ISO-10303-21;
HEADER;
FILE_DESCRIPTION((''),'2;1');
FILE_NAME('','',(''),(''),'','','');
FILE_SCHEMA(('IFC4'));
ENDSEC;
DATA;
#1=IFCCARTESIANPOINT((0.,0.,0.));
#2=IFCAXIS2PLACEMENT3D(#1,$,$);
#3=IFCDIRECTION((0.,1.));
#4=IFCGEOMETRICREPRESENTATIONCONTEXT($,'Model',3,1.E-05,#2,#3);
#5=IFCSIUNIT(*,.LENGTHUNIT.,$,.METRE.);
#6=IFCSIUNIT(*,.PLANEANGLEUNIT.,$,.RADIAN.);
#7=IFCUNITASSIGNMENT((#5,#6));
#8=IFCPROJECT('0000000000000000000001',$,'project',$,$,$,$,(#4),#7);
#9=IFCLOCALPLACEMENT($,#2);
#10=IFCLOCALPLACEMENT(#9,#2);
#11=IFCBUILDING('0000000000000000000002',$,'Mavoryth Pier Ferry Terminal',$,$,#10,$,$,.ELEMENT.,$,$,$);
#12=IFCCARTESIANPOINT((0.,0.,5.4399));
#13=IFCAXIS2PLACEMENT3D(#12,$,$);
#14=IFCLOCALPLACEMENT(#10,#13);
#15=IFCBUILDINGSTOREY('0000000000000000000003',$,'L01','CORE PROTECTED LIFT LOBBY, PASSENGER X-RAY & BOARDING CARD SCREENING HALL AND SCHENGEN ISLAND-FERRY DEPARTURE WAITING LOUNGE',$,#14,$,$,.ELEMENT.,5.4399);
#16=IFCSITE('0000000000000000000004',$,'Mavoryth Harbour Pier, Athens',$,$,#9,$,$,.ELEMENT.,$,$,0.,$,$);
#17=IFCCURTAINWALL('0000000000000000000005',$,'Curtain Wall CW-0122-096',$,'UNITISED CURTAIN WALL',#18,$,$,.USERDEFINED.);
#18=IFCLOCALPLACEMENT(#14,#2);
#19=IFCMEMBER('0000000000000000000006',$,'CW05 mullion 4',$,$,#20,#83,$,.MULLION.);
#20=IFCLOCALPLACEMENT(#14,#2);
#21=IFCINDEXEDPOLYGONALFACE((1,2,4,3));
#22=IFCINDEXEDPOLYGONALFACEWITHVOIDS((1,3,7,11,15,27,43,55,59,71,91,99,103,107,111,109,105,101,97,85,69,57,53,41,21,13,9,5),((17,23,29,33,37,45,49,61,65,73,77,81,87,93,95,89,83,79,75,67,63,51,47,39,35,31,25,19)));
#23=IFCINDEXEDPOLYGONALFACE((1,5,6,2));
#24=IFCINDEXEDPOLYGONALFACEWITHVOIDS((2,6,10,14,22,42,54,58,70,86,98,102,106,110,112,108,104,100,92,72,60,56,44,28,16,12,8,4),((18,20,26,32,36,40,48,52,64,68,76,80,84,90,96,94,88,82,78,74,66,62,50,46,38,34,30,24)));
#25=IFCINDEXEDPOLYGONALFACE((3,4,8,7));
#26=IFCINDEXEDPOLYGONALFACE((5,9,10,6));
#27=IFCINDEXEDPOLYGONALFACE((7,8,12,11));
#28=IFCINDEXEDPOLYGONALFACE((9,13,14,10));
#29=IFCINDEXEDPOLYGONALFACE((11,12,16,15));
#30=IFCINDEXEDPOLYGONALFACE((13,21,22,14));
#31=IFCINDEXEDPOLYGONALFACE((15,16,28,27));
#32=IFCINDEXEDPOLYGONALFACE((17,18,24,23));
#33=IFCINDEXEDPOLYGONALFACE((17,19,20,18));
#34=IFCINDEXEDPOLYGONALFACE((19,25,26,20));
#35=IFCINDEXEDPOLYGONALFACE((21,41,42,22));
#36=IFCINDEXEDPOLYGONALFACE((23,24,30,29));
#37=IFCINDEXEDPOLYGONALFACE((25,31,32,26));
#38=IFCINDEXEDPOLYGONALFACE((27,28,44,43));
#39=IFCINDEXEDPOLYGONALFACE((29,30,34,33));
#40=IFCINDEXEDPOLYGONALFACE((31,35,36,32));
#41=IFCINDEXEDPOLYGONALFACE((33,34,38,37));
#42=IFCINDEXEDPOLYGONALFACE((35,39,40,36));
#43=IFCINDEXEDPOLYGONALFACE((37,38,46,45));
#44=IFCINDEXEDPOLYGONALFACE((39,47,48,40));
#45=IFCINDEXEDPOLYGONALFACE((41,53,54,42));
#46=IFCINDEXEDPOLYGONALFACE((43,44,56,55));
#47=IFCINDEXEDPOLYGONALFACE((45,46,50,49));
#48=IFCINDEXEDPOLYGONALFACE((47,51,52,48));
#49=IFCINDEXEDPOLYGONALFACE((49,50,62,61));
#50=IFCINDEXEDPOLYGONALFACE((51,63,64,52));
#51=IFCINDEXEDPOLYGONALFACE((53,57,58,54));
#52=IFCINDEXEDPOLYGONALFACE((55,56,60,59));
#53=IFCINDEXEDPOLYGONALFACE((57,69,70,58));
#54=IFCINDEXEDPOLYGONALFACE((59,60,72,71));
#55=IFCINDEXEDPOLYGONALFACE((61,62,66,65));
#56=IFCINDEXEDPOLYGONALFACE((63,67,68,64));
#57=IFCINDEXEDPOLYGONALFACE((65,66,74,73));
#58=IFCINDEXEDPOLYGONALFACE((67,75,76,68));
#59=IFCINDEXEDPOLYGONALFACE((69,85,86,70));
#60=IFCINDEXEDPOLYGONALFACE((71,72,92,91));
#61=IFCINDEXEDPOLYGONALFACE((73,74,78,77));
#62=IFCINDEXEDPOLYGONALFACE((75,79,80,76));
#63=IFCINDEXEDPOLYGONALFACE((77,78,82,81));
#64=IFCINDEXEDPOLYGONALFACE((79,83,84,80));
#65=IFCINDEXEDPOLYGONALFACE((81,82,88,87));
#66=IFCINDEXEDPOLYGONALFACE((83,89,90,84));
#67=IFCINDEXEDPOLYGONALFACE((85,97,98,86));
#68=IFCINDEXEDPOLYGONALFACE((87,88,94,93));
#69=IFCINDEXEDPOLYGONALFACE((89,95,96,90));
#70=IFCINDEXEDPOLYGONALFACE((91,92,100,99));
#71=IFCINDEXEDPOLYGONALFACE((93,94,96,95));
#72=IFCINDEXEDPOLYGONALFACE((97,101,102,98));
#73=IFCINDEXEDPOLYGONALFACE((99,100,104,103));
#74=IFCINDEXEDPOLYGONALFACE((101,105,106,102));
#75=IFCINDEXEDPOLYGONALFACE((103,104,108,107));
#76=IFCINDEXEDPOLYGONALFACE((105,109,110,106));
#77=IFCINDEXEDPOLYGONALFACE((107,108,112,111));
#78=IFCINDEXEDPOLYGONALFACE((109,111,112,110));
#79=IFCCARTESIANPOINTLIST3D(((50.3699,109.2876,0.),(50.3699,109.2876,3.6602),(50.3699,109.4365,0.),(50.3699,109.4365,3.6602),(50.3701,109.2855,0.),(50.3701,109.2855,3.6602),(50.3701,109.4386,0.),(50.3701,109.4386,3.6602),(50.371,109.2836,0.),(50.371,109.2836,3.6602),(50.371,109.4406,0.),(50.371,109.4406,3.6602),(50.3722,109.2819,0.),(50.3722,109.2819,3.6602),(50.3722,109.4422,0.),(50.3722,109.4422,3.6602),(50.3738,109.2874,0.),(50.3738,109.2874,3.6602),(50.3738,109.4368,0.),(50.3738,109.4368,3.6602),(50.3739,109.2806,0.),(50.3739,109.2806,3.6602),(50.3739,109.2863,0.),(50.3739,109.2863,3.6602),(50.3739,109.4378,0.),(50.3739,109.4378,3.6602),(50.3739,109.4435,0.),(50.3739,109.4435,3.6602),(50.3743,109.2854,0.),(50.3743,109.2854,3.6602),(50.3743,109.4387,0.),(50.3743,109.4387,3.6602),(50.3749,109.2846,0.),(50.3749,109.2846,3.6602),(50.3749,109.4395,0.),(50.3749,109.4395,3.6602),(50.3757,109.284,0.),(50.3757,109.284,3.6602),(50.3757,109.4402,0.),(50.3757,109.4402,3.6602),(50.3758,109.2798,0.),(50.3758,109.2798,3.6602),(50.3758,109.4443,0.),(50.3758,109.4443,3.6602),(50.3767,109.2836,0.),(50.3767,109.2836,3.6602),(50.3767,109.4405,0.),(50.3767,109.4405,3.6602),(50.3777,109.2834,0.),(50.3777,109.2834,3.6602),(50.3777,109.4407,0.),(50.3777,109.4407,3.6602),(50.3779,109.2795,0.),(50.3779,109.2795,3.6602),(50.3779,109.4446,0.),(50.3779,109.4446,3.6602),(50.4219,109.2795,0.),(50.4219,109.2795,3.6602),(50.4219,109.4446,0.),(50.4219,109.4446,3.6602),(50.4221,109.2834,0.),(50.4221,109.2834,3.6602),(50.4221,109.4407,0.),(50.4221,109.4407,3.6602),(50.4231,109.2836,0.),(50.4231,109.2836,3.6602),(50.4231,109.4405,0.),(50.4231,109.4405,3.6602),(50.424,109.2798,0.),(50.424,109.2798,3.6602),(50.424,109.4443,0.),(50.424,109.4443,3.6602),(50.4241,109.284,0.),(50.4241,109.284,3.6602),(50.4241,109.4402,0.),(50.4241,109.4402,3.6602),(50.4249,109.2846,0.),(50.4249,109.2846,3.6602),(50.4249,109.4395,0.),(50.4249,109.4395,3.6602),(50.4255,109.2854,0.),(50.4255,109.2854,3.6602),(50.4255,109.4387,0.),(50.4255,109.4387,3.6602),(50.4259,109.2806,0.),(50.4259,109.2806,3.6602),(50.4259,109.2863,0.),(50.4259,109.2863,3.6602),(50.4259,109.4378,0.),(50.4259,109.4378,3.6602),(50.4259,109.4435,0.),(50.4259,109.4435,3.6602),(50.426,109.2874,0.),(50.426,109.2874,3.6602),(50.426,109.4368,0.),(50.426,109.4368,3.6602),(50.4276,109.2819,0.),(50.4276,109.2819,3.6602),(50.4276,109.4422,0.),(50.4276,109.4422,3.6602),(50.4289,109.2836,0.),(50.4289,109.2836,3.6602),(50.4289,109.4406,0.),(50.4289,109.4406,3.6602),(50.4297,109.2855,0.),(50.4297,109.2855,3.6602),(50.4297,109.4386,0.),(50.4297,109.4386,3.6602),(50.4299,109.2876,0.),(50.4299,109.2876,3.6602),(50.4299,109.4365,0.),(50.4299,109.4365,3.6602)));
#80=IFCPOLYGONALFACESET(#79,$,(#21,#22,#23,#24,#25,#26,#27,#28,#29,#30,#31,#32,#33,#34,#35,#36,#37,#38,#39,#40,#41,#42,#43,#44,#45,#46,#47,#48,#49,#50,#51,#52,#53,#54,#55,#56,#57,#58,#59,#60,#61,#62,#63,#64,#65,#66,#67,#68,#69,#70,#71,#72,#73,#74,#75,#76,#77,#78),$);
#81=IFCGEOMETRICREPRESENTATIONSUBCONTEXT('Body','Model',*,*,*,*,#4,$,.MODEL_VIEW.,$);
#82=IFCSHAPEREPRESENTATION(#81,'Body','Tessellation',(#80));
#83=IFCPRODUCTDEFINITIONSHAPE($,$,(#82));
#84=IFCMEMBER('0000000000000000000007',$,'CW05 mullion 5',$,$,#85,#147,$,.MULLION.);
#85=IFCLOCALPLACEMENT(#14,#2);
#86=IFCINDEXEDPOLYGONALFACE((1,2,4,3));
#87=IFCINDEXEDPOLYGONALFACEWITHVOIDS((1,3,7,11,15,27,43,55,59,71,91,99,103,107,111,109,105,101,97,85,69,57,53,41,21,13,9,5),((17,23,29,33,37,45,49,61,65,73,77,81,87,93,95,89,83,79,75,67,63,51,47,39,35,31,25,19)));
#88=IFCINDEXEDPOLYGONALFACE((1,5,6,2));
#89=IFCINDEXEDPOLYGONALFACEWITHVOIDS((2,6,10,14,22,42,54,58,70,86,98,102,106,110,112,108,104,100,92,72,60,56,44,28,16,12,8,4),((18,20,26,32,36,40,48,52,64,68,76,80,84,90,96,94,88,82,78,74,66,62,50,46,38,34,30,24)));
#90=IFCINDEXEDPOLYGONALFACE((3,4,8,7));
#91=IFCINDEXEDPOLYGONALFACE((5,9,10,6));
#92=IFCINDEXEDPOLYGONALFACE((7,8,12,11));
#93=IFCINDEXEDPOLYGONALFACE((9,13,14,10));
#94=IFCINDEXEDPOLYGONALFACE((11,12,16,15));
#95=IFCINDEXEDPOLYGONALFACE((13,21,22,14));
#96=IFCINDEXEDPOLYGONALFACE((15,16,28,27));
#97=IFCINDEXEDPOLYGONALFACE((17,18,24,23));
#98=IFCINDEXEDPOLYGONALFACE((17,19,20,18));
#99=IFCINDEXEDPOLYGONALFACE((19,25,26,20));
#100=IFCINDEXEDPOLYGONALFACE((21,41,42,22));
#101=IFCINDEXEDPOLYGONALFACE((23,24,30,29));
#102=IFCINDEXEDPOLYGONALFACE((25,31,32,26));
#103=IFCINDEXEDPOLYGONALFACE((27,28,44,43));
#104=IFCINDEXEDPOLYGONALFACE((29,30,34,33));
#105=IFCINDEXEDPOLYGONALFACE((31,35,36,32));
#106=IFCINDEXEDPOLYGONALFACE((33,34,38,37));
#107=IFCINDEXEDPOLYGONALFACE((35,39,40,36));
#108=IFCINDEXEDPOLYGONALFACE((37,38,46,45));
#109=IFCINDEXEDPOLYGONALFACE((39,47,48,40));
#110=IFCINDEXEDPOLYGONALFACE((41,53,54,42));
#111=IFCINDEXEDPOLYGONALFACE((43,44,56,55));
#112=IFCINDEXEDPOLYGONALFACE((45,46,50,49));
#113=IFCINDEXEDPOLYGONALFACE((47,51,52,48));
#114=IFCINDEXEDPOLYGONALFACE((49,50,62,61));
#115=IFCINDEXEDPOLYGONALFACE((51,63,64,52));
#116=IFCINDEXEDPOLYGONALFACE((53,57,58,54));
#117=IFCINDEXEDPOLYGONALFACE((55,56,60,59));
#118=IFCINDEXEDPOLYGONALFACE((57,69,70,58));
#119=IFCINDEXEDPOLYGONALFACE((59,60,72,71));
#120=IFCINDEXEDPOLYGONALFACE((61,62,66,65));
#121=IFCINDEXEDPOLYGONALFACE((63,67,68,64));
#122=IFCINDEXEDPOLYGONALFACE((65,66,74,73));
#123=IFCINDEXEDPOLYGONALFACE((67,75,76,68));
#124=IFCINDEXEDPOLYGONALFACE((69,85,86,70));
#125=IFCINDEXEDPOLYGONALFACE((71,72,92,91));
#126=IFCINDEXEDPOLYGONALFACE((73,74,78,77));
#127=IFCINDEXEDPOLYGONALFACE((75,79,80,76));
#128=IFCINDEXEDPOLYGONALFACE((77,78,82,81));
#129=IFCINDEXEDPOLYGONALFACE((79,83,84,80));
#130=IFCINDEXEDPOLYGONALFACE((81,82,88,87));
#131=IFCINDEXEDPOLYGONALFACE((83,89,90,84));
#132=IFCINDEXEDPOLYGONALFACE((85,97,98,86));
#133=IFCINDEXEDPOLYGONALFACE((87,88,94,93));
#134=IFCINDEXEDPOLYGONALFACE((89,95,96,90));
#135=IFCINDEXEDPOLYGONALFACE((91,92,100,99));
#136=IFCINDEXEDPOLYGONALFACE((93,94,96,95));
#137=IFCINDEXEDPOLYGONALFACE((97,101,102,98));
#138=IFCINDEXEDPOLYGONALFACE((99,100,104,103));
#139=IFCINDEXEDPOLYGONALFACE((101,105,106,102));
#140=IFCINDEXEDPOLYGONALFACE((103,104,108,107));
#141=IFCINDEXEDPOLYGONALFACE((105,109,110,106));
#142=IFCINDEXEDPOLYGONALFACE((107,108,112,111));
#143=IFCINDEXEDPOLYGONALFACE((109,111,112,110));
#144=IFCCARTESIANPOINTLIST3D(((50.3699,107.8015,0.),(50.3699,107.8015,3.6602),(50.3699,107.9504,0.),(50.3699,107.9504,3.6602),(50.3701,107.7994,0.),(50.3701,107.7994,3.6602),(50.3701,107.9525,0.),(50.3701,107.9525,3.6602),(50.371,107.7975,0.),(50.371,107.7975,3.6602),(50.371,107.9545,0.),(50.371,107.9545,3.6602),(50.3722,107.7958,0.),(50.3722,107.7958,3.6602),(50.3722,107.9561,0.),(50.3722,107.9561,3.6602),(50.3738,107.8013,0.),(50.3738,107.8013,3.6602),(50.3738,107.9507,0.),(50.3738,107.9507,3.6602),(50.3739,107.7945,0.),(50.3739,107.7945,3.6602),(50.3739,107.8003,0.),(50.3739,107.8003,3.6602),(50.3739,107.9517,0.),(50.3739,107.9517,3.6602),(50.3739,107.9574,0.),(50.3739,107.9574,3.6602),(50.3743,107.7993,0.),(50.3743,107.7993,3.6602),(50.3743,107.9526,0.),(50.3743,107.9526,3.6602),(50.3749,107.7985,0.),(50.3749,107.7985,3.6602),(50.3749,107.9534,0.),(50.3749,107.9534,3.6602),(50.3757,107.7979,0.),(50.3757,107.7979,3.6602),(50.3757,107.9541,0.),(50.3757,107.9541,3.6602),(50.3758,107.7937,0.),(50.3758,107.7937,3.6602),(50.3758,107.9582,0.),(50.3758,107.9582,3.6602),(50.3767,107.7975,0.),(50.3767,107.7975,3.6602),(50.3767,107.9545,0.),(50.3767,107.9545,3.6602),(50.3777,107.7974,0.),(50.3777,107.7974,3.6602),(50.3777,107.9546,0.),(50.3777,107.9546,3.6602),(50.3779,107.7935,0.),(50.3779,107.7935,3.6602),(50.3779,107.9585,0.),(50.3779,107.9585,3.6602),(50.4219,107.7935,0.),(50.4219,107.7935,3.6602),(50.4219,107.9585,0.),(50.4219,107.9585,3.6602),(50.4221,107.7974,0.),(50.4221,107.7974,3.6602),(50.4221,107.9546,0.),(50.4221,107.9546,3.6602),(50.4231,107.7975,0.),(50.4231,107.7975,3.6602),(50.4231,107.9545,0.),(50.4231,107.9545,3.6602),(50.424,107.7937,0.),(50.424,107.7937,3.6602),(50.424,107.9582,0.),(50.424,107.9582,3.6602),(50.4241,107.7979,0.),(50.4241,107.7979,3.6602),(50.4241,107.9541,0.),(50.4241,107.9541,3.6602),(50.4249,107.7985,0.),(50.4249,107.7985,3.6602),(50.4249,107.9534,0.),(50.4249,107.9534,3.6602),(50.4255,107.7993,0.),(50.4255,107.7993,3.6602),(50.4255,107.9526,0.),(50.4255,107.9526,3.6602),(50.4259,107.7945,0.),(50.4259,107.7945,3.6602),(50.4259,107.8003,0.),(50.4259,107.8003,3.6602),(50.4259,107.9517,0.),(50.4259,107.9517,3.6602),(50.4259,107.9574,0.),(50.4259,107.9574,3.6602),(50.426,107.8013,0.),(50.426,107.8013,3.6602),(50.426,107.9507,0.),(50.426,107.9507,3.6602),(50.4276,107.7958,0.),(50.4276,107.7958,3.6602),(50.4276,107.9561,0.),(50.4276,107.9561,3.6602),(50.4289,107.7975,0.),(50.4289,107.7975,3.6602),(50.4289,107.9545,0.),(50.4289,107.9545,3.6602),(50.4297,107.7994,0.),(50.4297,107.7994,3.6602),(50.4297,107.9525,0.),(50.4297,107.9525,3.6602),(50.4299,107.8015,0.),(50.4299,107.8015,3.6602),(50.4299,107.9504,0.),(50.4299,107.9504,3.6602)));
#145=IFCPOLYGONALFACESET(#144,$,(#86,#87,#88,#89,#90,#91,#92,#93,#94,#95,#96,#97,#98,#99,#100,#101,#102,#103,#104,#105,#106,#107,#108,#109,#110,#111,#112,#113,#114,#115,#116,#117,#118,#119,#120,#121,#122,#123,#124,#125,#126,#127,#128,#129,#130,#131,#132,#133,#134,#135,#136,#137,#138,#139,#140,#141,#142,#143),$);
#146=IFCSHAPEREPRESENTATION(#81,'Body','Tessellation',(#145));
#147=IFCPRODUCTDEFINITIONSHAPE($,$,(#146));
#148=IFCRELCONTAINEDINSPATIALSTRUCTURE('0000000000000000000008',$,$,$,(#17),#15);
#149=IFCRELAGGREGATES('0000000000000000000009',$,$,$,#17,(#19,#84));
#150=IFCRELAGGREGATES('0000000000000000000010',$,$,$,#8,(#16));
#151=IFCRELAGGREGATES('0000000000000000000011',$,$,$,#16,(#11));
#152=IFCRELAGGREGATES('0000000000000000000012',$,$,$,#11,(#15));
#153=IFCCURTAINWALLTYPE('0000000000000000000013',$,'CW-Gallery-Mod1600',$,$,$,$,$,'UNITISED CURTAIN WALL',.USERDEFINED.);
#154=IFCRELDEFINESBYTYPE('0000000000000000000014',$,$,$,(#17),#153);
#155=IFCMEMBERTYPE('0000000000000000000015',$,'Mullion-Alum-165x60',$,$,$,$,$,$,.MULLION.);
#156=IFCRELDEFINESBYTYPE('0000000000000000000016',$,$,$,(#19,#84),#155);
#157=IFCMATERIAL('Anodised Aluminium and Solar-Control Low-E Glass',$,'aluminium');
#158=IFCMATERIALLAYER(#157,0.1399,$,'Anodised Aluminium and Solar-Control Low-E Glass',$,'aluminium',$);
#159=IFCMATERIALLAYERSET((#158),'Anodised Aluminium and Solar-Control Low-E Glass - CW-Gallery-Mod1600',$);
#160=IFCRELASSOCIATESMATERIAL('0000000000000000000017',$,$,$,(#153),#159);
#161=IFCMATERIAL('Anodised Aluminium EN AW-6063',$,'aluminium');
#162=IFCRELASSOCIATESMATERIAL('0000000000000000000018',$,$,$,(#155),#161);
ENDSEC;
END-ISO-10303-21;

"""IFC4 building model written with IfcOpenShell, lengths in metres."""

from ifc_helpers import new_model, si_unit, direction, frame, origin, origin_2d, place, context, subcontext, project, spatial, hollow_rectangle, extrude, material, layer, layer_set, material_profile, profile_set, type_object, element, aggregate, save


model = new_model("IFC4")

# Units and contexts
model_context = context("Model", 3, precision=1e-05, world=origin(), true_north=direction((0.0, 1.0)))
body_context = subcontext(model_context, "Body", "Model", "MODEL_VIEW")
ifc_project = project(units=[si_unit("LENGTHUNIT", "METRE"), si_unit("PLANEANGLEUNIT", "RADIAN")], contexts=[model_context])

# Site, building, storey
site_placement = place(None, origin())
site = spatial("IfcSite", under=ifc_project, at=site_placement, Name="Mavoryth Harbour Pier, Athens", CompositionType="ELEMENT", RefElevation=0.0)
building_placement = place(site_placement, origin())
building = spatial("IfcBuilding", under=site, at=building_placement, Name="Mavoryth Pier Ferry Terminal", CompositionType="ELEMENT")
storey_placement = place(building_placement, frame((0.0, 0.0, 5.4399)))
storey = spatial("IfcBuildingStorey", under=building, at=storey_placement, Name="L01", Description="CORE PROTECTED LIFT LOBBY, PASSENGER X-RAY & BOARDING CARD SCREENING HALL AND SCHENGEN ISLAND-FERRY DEPARTURE WAITING LOUNGE", CompositionType="ELEMENT", Elevation=5.4399)

# Curtain wall, members
ifc_material_1 = material(Name="Anodised Aluminium and Solar-Control Low-E Glass", Category="aluminium")
ifc_layer_1 = layer(ifc_material_1, 0.1399, Name="Anodised Aluminium and Solar-Control Low-E Glass", Category="aluminium")
ifc_layer_set_1 = layer_set([ifc_layer_1], Name="Anodised Aluminium and Solar-Control Low-E Glass - CW-Gallery-Mod1600")
curtain_wall_type = type_object("IfcCurtainWallType", Name="CW-Gallery-Mod1600", ElementType="UNITISED CURTAIN WALL", PredefinedType="USERDEFINED", material=ifc_layer_set_1)
curtain_wall_placement = place(storey_placement, origin())
curtain_wall = element("IfcCurtainWall", 1, at=curtain_wall_placement, inside=storey, type_object=curtain_wall_type, Name="Curtain Wall CW-0122-096", ObjectType="UNITISED CURTAIN WALL", PredefinedType="USERDEFINED")
ifc_material_2 = material(Name="Anodised Aluminium EN AW-6063", Category="aluminium")
ifc_material_profile_1 = material_profile(ifc_material_2, hollow_rectangle(XDim=0.0601, YDim=0.165, WallThickness=0.0039, InnerFilletRadius=0.0039, OuterFilletRadius=0.0081, at=origin_2d()), Name="AL-MULL 165x60x4", Category="aluminium")
ifc_profile_set_1 = profile_set([ifc_material_profile_1], Name="Anodised Aluminium EN AW-6063 - AL-MULL 165x60x4")
member_type_1 = type_object("IfcMemberType", Name="Mullion-Alum-165x60", PredefinedType="MULLION", material=ifc_profile_set_1)
member_1_placement = place(storey_placement, frame((50.3999, 109.3621, 0.0), z_axis=(0.0, 0.0, 1.0), x_axis=(1.0, 0.0, 0.0)))
member_1 = element("IfcMember", 2, at=member_1_placement, type_object=member_type_1, Name="CW05 mullion 4", PredefinedType="MULLION", context=body_context, shape_type="SweptSolid", body=[
    extrude(hollow_rectangle(XDim=0.0601, YDim=0.165, WallThickness=0.0039, InnerFilletRadius=0.0039, OuterFilletRadius=0.0081, at=origin_2d()), origin(), (0.0, 0.0, 1.0), 3.6602),
])
member_2_placement = place(storey_placement, frame((50.3999, 107.876, 0.0), z_axis=(0.0, 0.0, 1.0), x_axis=(1.0, 0.0, 0.0)))
member_2 = element("IfcMember", 3, at=member_2_placement, type_object=member_type_1, Name="CW05 mullion 5", PredefinedType="MULLION", context=body_context, shape_type="SweptSolid", body=[
    extrude(hollow_rectangle(XDim=0.0601, YDim=0.165, WallThickness=0.0039, InnerFilletRadius=0.0039, OuterFilletRadius=0.0081, at=origin_2d()), origin(), (0.0, 0.0, 1.0), 3.6602),
])

aggregate(curtain_wall, [member_1, member_2])

save(model, "model.ifc")
